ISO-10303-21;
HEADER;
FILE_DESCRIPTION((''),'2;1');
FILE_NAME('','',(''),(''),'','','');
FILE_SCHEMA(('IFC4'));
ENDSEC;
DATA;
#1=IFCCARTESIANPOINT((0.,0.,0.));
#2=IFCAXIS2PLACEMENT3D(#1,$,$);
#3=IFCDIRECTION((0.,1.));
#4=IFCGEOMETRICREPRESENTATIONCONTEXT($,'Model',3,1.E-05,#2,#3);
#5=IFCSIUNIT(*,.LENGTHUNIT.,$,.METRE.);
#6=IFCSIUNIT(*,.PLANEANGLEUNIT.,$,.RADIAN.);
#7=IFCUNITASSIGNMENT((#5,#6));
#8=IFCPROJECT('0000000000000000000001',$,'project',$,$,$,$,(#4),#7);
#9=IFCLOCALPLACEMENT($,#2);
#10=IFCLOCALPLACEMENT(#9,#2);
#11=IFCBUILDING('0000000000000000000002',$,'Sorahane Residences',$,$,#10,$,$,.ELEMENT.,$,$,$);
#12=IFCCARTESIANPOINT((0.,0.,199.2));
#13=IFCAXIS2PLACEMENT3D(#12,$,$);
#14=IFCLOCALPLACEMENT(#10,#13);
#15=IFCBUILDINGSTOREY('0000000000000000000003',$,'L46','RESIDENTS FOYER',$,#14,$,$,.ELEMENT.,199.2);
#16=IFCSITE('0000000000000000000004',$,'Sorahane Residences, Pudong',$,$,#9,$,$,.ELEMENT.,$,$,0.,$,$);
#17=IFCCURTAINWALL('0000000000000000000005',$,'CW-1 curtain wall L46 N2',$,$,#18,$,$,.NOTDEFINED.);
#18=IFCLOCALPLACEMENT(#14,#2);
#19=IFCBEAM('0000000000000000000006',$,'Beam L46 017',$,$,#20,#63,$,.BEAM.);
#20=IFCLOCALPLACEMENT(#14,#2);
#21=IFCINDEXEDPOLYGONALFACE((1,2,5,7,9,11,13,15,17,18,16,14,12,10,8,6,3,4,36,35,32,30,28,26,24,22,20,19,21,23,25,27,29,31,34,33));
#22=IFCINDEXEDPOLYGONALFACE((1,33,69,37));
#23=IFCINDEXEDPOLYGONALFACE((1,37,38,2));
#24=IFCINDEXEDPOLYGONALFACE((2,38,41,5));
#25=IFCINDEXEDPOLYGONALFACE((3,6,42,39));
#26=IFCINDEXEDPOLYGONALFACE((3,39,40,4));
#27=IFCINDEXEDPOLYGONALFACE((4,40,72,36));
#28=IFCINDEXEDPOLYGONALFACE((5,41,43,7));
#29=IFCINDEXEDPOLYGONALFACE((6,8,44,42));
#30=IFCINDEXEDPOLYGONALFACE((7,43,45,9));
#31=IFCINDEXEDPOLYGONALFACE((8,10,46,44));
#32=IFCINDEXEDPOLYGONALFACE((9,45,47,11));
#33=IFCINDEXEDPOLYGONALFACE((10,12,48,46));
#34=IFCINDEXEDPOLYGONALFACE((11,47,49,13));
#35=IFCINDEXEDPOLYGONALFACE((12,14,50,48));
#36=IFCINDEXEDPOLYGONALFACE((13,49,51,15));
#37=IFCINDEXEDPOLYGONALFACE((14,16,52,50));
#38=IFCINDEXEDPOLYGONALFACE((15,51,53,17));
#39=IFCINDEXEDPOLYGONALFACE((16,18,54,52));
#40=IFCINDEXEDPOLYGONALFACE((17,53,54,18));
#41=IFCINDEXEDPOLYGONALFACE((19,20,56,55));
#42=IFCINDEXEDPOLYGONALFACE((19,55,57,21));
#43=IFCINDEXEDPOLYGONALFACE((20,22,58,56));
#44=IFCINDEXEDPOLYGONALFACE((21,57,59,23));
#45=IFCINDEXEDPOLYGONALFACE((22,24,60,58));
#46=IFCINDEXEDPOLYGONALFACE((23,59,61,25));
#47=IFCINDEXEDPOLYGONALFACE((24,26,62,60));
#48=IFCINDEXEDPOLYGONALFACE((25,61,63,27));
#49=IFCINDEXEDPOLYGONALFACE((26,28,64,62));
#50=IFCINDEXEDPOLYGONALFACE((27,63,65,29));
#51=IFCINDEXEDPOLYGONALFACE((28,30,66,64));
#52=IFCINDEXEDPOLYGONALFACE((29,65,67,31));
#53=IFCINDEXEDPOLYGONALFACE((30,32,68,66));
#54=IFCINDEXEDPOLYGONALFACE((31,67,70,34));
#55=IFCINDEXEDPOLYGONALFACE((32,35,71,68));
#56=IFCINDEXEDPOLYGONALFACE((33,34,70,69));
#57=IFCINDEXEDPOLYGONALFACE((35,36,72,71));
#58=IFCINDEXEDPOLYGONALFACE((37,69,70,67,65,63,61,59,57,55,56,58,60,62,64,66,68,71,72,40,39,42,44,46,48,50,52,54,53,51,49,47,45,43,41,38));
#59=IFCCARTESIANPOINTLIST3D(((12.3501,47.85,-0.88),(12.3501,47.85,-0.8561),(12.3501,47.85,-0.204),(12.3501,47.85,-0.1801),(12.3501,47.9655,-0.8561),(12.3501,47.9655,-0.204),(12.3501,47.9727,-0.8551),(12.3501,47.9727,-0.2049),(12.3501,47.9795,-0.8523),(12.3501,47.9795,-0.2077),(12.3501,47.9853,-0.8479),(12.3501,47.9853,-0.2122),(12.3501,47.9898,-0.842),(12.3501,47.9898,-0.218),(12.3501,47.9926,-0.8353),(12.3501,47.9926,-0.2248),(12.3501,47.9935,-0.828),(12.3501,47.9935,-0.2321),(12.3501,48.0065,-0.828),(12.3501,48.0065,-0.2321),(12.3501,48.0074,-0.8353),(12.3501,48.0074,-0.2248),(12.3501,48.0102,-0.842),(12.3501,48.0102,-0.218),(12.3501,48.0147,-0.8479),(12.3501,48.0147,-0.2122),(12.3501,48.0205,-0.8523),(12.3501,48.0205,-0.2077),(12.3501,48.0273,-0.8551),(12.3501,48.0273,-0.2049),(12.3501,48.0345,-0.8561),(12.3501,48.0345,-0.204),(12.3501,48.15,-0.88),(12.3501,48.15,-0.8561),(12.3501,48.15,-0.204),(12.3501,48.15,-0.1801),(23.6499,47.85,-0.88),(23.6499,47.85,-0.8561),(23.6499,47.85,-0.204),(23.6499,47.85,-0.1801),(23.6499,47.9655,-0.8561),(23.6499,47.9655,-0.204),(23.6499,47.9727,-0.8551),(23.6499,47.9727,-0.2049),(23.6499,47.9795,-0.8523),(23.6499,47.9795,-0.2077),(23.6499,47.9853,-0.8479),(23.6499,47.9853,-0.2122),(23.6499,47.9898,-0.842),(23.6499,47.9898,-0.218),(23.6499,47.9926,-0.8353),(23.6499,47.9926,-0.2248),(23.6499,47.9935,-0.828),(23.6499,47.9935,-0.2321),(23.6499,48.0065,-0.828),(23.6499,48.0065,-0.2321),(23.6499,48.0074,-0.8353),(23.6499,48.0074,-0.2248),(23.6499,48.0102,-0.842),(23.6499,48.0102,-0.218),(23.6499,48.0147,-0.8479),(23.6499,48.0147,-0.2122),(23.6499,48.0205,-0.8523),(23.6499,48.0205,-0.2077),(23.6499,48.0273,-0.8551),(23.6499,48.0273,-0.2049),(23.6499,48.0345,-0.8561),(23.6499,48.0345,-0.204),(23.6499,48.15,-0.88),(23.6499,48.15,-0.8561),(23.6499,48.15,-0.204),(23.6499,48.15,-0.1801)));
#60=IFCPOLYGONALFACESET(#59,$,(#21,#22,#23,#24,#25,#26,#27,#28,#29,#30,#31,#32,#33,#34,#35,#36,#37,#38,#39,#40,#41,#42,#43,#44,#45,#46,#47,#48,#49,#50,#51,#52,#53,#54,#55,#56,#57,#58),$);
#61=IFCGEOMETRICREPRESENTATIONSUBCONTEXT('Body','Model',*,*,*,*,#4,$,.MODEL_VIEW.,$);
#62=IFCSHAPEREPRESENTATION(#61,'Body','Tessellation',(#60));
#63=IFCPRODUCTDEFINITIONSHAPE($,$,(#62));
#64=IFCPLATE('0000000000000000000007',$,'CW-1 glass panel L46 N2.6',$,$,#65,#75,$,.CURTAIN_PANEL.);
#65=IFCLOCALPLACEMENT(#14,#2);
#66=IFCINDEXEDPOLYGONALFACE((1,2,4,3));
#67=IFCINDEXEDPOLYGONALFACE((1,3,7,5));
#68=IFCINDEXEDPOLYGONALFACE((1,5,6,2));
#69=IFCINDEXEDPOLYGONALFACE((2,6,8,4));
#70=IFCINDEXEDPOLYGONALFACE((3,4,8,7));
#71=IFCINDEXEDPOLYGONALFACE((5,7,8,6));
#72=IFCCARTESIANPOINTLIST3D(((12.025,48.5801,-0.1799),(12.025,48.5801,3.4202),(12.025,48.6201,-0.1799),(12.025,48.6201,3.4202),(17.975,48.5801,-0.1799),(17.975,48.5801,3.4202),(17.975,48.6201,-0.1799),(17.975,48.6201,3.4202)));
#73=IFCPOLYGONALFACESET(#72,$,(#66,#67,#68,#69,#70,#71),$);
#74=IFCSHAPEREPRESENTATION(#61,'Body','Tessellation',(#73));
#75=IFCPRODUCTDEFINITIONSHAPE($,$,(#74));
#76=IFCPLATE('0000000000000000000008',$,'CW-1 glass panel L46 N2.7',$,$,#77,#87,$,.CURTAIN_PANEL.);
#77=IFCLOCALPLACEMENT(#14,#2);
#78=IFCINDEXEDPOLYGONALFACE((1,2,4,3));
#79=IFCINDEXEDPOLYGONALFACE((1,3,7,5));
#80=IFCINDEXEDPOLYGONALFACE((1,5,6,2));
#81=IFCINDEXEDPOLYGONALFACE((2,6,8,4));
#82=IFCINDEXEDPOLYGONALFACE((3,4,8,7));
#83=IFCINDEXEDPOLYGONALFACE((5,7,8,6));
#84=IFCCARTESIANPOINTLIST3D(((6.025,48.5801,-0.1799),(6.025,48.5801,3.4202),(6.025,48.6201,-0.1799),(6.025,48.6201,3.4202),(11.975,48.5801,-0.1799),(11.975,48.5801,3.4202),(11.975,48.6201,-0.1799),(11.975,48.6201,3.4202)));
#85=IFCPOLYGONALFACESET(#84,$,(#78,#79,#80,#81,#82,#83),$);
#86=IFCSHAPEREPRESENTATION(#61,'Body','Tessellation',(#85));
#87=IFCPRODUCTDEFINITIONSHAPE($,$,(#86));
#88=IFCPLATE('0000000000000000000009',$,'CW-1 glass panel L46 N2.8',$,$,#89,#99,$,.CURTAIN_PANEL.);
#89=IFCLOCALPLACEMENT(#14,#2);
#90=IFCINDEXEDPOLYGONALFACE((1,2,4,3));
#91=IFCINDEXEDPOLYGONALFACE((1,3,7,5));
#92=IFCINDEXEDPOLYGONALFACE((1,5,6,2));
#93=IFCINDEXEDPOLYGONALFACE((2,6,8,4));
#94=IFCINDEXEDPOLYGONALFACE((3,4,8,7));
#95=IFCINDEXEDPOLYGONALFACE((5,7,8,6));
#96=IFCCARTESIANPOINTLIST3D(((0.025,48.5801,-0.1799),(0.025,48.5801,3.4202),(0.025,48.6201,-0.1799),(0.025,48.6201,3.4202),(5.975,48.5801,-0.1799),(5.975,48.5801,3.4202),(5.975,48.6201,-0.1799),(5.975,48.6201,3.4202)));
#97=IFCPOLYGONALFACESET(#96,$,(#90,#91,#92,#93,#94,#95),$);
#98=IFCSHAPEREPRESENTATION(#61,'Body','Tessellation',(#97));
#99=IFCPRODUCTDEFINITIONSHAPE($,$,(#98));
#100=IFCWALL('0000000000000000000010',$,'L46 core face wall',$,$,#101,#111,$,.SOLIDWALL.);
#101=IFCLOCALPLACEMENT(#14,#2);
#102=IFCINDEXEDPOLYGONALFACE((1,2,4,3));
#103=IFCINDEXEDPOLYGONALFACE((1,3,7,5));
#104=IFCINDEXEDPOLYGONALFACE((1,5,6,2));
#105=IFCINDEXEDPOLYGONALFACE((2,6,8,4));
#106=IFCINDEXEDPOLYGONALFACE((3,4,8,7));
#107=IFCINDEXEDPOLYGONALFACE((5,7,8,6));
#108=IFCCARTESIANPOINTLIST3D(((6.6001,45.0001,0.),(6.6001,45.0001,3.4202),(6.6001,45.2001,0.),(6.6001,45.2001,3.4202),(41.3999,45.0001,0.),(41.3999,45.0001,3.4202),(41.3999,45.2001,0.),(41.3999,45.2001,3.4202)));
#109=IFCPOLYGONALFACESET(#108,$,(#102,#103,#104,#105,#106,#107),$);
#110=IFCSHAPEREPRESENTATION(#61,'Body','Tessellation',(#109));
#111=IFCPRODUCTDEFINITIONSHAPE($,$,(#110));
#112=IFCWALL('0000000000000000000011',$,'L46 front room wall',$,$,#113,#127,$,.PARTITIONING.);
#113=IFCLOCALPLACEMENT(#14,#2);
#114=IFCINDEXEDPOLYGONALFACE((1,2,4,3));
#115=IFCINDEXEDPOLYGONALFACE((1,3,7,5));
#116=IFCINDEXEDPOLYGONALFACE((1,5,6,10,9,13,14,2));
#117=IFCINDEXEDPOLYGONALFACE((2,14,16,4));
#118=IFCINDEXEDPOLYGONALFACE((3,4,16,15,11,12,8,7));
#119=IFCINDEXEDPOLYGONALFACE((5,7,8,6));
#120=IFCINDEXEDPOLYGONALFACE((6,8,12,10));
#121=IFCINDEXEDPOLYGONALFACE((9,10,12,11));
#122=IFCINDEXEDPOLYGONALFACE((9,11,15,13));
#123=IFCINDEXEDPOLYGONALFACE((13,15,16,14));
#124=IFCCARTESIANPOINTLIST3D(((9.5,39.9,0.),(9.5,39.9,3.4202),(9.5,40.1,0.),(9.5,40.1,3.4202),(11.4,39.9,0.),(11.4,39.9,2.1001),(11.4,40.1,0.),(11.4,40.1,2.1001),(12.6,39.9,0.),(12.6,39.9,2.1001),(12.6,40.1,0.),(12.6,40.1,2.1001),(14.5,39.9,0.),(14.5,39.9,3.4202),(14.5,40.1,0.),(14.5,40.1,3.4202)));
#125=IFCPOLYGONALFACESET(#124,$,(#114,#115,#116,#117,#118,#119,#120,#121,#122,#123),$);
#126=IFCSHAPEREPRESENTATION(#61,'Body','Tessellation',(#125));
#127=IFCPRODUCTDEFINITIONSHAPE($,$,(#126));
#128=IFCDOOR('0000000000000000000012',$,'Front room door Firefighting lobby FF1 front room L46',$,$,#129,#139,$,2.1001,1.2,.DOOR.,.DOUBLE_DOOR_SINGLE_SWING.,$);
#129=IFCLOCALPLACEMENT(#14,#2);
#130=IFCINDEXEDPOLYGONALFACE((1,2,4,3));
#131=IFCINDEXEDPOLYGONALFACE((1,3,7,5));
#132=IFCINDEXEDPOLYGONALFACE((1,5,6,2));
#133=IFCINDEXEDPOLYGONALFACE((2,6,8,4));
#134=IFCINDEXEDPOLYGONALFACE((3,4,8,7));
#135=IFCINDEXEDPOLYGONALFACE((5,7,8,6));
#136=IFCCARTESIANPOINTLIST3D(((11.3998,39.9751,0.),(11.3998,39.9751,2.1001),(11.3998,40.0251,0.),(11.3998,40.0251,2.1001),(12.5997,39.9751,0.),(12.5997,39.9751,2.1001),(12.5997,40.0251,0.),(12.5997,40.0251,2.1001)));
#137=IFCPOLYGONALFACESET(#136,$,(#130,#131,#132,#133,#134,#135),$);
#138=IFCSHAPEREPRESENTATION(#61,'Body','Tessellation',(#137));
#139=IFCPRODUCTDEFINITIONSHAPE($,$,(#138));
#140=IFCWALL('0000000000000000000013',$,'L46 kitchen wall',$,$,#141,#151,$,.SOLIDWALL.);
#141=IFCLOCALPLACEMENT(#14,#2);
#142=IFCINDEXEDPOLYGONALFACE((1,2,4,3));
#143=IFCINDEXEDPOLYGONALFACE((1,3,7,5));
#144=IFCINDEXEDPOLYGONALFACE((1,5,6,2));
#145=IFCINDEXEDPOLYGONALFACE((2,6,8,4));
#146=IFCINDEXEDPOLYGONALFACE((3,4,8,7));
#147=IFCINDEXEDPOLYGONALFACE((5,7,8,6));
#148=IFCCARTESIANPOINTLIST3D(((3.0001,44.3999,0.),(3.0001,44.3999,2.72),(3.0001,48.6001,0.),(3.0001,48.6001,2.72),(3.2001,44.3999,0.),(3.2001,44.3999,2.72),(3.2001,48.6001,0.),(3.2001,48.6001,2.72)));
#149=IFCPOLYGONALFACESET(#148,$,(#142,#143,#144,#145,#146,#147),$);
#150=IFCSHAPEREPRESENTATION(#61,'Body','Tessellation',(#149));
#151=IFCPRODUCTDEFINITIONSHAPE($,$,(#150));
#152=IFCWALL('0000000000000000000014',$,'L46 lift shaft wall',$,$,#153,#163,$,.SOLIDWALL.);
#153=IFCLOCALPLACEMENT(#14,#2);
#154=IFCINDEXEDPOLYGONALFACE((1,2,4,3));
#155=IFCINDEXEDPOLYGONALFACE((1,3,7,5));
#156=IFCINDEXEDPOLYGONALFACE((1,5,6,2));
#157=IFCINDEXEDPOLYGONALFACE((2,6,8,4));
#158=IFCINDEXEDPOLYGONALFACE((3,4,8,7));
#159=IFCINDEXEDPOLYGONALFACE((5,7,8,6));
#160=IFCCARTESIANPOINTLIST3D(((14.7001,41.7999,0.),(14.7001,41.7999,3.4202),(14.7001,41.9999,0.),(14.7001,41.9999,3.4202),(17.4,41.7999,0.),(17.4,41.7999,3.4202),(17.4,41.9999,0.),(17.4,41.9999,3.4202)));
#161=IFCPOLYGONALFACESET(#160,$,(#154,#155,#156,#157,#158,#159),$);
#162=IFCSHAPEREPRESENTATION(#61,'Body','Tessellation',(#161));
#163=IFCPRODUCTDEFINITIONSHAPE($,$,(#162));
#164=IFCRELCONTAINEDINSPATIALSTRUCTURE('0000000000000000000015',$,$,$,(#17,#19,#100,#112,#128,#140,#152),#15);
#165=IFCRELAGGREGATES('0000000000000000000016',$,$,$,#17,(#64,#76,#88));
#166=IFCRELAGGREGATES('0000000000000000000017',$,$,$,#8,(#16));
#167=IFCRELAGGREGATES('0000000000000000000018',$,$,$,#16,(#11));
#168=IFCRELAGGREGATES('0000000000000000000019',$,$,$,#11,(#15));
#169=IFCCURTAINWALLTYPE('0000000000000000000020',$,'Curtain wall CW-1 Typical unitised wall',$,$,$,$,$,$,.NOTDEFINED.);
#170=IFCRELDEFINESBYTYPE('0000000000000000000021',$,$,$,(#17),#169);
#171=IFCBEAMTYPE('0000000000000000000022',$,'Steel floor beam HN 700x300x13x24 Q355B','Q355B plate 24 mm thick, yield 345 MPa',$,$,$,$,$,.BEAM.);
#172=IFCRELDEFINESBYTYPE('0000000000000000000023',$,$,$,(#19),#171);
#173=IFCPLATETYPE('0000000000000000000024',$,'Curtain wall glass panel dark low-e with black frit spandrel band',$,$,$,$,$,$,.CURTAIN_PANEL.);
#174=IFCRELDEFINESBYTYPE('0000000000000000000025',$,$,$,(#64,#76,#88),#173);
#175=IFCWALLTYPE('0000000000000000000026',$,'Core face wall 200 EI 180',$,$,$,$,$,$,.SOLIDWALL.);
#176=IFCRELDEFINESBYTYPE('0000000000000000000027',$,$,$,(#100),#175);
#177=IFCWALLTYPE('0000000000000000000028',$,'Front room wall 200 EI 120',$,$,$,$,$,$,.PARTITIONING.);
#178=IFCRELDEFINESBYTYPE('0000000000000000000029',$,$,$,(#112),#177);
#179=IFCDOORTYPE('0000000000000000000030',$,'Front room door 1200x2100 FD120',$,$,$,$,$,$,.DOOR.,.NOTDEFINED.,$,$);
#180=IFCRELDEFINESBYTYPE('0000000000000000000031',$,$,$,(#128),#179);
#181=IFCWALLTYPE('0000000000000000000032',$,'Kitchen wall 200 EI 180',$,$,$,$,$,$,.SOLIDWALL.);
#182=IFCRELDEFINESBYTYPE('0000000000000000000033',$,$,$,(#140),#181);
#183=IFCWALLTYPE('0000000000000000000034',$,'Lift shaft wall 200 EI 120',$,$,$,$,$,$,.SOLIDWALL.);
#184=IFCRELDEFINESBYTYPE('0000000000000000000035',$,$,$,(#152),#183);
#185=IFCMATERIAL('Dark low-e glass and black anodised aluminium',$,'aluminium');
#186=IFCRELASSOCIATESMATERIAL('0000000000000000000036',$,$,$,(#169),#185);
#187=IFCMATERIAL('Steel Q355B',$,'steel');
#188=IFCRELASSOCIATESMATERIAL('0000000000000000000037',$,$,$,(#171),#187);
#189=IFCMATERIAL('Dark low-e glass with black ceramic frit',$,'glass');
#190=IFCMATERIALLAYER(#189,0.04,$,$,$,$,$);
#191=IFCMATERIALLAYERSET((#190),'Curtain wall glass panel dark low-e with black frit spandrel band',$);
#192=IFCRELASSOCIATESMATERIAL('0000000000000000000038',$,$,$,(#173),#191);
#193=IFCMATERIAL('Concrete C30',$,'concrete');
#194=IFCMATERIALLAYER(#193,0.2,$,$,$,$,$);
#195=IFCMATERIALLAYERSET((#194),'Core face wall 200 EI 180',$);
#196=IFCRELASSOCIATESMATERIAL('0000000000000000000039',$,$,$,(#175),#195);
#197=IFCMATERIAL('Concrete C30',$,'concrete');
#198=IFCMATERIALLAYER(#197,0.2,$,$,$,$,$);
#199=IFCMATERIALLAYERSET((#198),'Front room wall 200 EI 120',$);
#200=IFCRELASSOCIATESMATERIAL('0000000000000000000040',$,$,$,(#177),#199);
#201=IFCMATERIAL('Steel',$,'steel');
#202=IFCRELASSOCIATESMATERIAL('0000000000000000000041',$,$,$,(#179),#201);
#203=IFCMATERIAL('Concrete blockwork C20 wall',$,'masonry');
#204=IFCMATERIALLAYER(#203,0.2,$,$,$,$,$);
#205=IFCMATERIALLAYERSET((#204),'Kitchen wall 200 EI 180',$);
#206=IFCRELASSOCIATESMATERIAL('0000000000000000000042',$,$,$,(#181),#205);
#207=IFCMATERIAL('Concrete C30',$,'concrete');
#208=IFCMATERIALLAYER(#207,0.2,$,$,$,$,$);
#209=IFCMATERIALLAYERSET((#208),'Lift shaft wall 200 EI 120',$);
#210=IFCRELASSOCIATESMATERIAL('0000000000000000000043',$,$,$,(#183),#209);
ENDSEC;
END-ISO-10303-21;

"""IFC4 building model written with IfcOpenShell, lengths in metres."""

from ifc_helpers import new_model, si_unit, direction, frame, frame_2d, origin, origin_2d, place, context, subcontext, project, spatial, rectangle, i_section, extrude, material, layer, layer_set, material_profile, profile_set, type_object, element, fill, aggregate, save


model = new_model("IFC4")

# Units and contexts
model_context = context("Model", 3, precision=1e-05, world=origin(), true_north=direction((0.0, 1.0)))
body_context = subcontext(model_context, "Body", "Model", "MODEL_VIEW")
ifc_project = project(units=[si_unit("LENGTHUNIT", "METRE"), si_unit("PLANEANGLEUNIT", "RADIAN")], contexts=[model_context])

# Site, building, storey
site_placement = place(None, origin())
site = spatial("IfcSite", under=ifc_project, at=site_placement, Name="Sorahane Residences, Pudong", CompositionType="ELEMENT", RefElevation=0.0)
building_placement = place(site_placement, origin())
building = spatial("IfcBuilding", under=site, at=building_placement, Name="Sorahane Residences", CompositionType="ELEMENT")
storey_placement = place(building_placement, frame((0.0, 0.0, 199.2)))
storey = spatial("IfcBuildingStorey", under=building, at=storey_placement, Name="L46", Description="RESIDENTS FOYER", CompositionType="ELEMENT", Elevation=199.2)

# Curtain wall
ifc_material_1 = material(Name="Dark low-e glass and black anodised aluminium", Category="aluminium")
curtain_wall_type = type_object("IfcCurtainWallType", Name="Curtain wall CW-1 Typical unitised wall", PredefinedType="NOTDEFINED", material=ifc_material_1)
curtain_wall_placement = place(storey_placement, origin())
curtain_wall = element("IfcCurtainWall", 1, at=curtain_wall_placement, inside=storey, type_object=curtain_wall_type, Name="CW-1 curtain wall L46 N2", PredefinedType="NOTDEFINED")

# Beam
ifc_material_2 = material(Name="Steel Q355B", Category="steel")
ifc_material_profile_1 = material_profile(ifc_material_2, i_section(OverallWidth=0.3, OverallDepth=0.7, WebThickness=0.0129, FlangeThickness=0.0239, FilletRadius=0.0281, at=origin_2d()), Name="HN 700x300x13x24")
ifc_profile_set_1 = profile_set([ifc_material_profile_1], Name="Steel Q355B")
beam_type_1 = type_object("IfcBeamType", Name="Steel floor beam HN 700x300x13x24 Q355B", Description="Q355B plate 24 mm thick, yield 345 MPa", PredefinedType="BEAM", material=ifc_profile_set_1)
beam_1_placement = place(storey_placement, frame((12.3501, 48.0, -0.53), z_axis=(1.0, 0.0, 0.0), x_axis=(0.0, 1.0, 0.0)))
element("IfcBeam", 2, at=beam_1_placement, inside=storey, type_object=beam_type_1, Name="Beam L46 017", PredefinedType="BEAM", context=body_context, shape_type="SweptSolid", body=[
    extrude(i_section(OverallWidth=0.3, OverallDepth=0.7, WebThickness=0.0129, FlangeThickness=0.0239, FilletRadius=0.0281, at=origin_2d()), origin(), (0.0, 0.0, 1.0), 11.2998),
])

# Plates
ifc_material_3 = material(Name="Dark low-e glass with black ceramic frit", Category="glass")
ifc_layer_1 = layer(ifc_material_3, 0.04)
ifc_layer_set_1 = layer_set([ifc_layer_1], Name="Curtain wall glass panel dark low-e with black frit spandrel band")
plate_type = type_object("IfcPlateType", Name="Curtain wall glass panel dark low-e with black frit spandrel band", PredefinedType="CURTAIN_PANEL", material=ifc_layer_set_1)
plate_1_placement = place(storey_placement, frame((15.0, 48.6001, -0.1799), z_axis=(0.0, 0.0, 1.0), x_axis=(-1.0, 0.0, 0.0)))
plate_1 = element("IfcPlate", 3, at=plate_1_placement, type_object=plate_type, Name="CW-1 glass panel L46 N2.6", PredefinedType="CURTAIN_PANEL", context=body_context, shape_type="SweptSolid", body=[
    extrude(rectangle(XDim=5.95, YDim=0.04, at=origin_2d()), origin(), (0.0, 0.0, 1.0), 3.6001),
])
plate_2_placement = place(storey_placement, frame((9.0, 48.6001, -0.1799), z_axis=(0.0, 0.0, 1.0), x_axis=(-1.0, 0.0, 0.0)))
plate_2 = element("IfcPlate", 4, at=plate_2_placement, type_object=plate_type, Name="CW-1 glass panel L46 N2.7", PredefinedType="CURTAIN_PANEL", context=body_context, shape_type="SweptSolid", body=[
    extrude(rectangle(XDim=5.95, YDim=0.04, at=origin_2d()), origin(), (0.0, 0.0, 1.0), 3.6001),
])
plate_3_placement = place(storey_placement, frame((3.0, 48.6001, -0.1799), z_axis=(0.0, 0.0, 1.0), x_axis=(-1.0, 0.0, 0.0)))
plate_3 = element("IfcPlate", 5, at=plate_3_placement, type_object=plate_type, Name="CW-1 glass panel L46 N2.8", PredefinedType="CURTAIN_PANEL", context=body_context, shape_type="SweptSolid", body=[
    extrude(rectangle(XDim=5.95, YDim=0.04, at=origin_2d()), origin(), (0.0, 0.0, 1.0), 3.6001),
])
aggregate(curtain_wall, [plate_1, plate_2, plate_3])

# Wall
ifc_material_4 = material(Name="Concrete C30", Category="concrete")
ifc_layer_2 = layer(ifc_material_4, 0.2)
ifc_layer_set_2 = layer_set([ifc_layer_2], Name="Core face wall 200 EI 180")
wall_type_1 = type_object("IfcWallType", Name="Core face wall 200 EI 180", PredefinedType="SOLIDWALL", material=ifc_layer_set_2)
wall_1_placement = place(storey_placement, frame((6.6001, 45.1001, 0.0), z_axis=(0.0, 0.0, 1.0), x_axis=(1.0, 0.0, 0.0)))
element("IfcWall", 6, at=wall_1_placement, inside=storey, type_object=wall_type_1, Name="L46 core face wall", PredefinedType="SOLIDWALL", context=body_context, shape_type="SweptSolid", body=[
    extrude(rectangle(XDim=34.7998, YDim=0.2, at=frame_2d((17.3999, 0.0))), origin(), (0.0, 0.0, 1.0), 3.4202),
])

# Wall, opening, door
ifc_material_5 = material(Name="Concrete C30", Category="concrete")
ifc_layer_3 = layer(ifc_material_5, 0.2)
ifc_layer_set_3 = layer_set([ifc_layer_3], Name="Front room wall 200 EI 120")
wall_type_2 = type_object("IfcWallType", Name="Front room wall 200 EI 120", PredefinedType="PARTITIONING", material=ifc_layer_set_3)
wall_2_placement = place(storey_placement, frame((9.5, 40.0, 0.0), z_axis=(0.0, 0.0, 1.0), x_axis=(1.0, 0.0, 0.0)))
wall_2 = element("IfcWall", 7, at=wall_2_placement, inside=storey, type_object=wall_type_2, Name="L46 front room wall", PredefinedType="PARTITIONING", context=body_context, shape_type="SweptSolid", body=[
    extrude(rectangle(XDim=5.0, YDim=0.2, at=frame_2d((2.5, 0.0))), origin(), (0.0, 0.0, 1.0), 3.4202),
])
opening_placement = place(wall_2_placement, frame((1.8999, 0.0, 0.0)))
opening = element("IfcOpeningElement", 8, at=opening_placement, cuts=wall_2, PredefinedType="OPENING", context=body_context, shape_type="SweptSolid", body=[
    extrude(rectangle(XDim=1.2, YDim=2.1001, at=frame_2d((0.6001, 1.05))), frame((0.0, 0.1099, 0.0), z_axis=(0.0, -1.0, 0.0), x_axis=(1.0, 0.0, 0.0)), (0.0, 0.0, 1.0), 0.22),
])
ifc_material_6 = material(Name="Steel", Category="steel")
door_type = type_object("IfcDoorType", Name="Front room door 1200x2100 FD120", OperationType="NOTDEFINED", PredefinedType="DOOR", material=ifc_material_6)
door_placement = place(opening_placement, frame((1.2, 0.0, 0.0), z_axis=(0.0, 0.0, 1.0), x_axis=(-1.0, 0.0, 0.0)))
door = element("IfcDoor", 9, at=door_placement, inside=storey, type_object=door_type, Name="Front room door Firefighting lobby FF1 front room L46", OperationType="DOUBLE_DOOR_SINGLE_SWING", OverallHeight=2.1001, OverallWidth=1.2, PredefinedType="DOOR", context=body_context, shape_type="SweptSolid", body=[
    extrude(rectangle(XDim=1.2, YDim=2.1001, at=frame_2d((0.6001, 1.05))), frame((0.0, 0.0249, 0.0), z_axis=(0.0, -1.0, 0.0), x_axis=(1.0, 0.0, 0.0)), (0.0, 0.0, 1.0), 0.05),
])
fill(opening, door)

# Walls
ifc_material_7 = material(Name="Concrete blockwork C20 wall", Category="masonry")
ifc_layer_4 = layer(ifc_material_7, 0.2)
ifc_layer_set_4 = layer_set([ifc_layer_4], Name="Kitchen wall 200 EI 180")
wall_type_3 = type_object("IfcWallType", Name="Kitchen wall 200 EI 180", PredefinedType="SOLIDWALL", material=ifc_layer_set_4)
wall_3_placement = place(storey_placement, frame((3.1001, 44.3999, 0.0), z_axis=(0.0, 0.0, 1.0), x_axis=(0.0, 1.0, 0.0)))
element("IfcWall", 10, at=wall_3_placement, inside=storey, type_object=wall_type_3, Name="L46 kitchen wall", PredefinedType="SOLIDWALL", context=body_context, shape_type="SweptSolid", body=[
    extrude(rectangle(XDim=4.2002, YDim=0.2, at=frame_2d((2.1001, 0.0))), origin(), (0.0, 0.0, 1.0), 2.72),
])
ifc_material_8 = material(Name="Concrete C30", Category="concrete")
ifc_layer_5 = layer(ifc_material_8, 0.2)
ifc_layer_set_5 = layer_set([ifc_layer_5], Name="Lift shaft wall 200 EI 120")
wall_type_4 = type_object("IfcWallType", Name="Lift shaft wall 200 EI 120", PredefinedType="SOLIDWALL", material=ifc_layer_set_5)
wall_4_placement = place(storey_placement, frame((14.7, 41.8999, 0.0), z_axis=(0.0, 0.0, 1.0), x_axis=(1.0, 0.0, 0.0)))
element("IfcWall", 11, at=wall_4_placement, inside=storey, type_object=wall_type_4, Name="L46 lift shaft wall", PredefinedType="SOLIDWALL", context=body_context, shape_type="SweptSolid", body=[
    extrude(rectangle(XDim=2.7, YDim=0.2, at=frame_2d((1.3501, 0.0))), origin(), (0.0, 0.0, 1.0), 3.4202),
])

save(model, "model.ifc")
